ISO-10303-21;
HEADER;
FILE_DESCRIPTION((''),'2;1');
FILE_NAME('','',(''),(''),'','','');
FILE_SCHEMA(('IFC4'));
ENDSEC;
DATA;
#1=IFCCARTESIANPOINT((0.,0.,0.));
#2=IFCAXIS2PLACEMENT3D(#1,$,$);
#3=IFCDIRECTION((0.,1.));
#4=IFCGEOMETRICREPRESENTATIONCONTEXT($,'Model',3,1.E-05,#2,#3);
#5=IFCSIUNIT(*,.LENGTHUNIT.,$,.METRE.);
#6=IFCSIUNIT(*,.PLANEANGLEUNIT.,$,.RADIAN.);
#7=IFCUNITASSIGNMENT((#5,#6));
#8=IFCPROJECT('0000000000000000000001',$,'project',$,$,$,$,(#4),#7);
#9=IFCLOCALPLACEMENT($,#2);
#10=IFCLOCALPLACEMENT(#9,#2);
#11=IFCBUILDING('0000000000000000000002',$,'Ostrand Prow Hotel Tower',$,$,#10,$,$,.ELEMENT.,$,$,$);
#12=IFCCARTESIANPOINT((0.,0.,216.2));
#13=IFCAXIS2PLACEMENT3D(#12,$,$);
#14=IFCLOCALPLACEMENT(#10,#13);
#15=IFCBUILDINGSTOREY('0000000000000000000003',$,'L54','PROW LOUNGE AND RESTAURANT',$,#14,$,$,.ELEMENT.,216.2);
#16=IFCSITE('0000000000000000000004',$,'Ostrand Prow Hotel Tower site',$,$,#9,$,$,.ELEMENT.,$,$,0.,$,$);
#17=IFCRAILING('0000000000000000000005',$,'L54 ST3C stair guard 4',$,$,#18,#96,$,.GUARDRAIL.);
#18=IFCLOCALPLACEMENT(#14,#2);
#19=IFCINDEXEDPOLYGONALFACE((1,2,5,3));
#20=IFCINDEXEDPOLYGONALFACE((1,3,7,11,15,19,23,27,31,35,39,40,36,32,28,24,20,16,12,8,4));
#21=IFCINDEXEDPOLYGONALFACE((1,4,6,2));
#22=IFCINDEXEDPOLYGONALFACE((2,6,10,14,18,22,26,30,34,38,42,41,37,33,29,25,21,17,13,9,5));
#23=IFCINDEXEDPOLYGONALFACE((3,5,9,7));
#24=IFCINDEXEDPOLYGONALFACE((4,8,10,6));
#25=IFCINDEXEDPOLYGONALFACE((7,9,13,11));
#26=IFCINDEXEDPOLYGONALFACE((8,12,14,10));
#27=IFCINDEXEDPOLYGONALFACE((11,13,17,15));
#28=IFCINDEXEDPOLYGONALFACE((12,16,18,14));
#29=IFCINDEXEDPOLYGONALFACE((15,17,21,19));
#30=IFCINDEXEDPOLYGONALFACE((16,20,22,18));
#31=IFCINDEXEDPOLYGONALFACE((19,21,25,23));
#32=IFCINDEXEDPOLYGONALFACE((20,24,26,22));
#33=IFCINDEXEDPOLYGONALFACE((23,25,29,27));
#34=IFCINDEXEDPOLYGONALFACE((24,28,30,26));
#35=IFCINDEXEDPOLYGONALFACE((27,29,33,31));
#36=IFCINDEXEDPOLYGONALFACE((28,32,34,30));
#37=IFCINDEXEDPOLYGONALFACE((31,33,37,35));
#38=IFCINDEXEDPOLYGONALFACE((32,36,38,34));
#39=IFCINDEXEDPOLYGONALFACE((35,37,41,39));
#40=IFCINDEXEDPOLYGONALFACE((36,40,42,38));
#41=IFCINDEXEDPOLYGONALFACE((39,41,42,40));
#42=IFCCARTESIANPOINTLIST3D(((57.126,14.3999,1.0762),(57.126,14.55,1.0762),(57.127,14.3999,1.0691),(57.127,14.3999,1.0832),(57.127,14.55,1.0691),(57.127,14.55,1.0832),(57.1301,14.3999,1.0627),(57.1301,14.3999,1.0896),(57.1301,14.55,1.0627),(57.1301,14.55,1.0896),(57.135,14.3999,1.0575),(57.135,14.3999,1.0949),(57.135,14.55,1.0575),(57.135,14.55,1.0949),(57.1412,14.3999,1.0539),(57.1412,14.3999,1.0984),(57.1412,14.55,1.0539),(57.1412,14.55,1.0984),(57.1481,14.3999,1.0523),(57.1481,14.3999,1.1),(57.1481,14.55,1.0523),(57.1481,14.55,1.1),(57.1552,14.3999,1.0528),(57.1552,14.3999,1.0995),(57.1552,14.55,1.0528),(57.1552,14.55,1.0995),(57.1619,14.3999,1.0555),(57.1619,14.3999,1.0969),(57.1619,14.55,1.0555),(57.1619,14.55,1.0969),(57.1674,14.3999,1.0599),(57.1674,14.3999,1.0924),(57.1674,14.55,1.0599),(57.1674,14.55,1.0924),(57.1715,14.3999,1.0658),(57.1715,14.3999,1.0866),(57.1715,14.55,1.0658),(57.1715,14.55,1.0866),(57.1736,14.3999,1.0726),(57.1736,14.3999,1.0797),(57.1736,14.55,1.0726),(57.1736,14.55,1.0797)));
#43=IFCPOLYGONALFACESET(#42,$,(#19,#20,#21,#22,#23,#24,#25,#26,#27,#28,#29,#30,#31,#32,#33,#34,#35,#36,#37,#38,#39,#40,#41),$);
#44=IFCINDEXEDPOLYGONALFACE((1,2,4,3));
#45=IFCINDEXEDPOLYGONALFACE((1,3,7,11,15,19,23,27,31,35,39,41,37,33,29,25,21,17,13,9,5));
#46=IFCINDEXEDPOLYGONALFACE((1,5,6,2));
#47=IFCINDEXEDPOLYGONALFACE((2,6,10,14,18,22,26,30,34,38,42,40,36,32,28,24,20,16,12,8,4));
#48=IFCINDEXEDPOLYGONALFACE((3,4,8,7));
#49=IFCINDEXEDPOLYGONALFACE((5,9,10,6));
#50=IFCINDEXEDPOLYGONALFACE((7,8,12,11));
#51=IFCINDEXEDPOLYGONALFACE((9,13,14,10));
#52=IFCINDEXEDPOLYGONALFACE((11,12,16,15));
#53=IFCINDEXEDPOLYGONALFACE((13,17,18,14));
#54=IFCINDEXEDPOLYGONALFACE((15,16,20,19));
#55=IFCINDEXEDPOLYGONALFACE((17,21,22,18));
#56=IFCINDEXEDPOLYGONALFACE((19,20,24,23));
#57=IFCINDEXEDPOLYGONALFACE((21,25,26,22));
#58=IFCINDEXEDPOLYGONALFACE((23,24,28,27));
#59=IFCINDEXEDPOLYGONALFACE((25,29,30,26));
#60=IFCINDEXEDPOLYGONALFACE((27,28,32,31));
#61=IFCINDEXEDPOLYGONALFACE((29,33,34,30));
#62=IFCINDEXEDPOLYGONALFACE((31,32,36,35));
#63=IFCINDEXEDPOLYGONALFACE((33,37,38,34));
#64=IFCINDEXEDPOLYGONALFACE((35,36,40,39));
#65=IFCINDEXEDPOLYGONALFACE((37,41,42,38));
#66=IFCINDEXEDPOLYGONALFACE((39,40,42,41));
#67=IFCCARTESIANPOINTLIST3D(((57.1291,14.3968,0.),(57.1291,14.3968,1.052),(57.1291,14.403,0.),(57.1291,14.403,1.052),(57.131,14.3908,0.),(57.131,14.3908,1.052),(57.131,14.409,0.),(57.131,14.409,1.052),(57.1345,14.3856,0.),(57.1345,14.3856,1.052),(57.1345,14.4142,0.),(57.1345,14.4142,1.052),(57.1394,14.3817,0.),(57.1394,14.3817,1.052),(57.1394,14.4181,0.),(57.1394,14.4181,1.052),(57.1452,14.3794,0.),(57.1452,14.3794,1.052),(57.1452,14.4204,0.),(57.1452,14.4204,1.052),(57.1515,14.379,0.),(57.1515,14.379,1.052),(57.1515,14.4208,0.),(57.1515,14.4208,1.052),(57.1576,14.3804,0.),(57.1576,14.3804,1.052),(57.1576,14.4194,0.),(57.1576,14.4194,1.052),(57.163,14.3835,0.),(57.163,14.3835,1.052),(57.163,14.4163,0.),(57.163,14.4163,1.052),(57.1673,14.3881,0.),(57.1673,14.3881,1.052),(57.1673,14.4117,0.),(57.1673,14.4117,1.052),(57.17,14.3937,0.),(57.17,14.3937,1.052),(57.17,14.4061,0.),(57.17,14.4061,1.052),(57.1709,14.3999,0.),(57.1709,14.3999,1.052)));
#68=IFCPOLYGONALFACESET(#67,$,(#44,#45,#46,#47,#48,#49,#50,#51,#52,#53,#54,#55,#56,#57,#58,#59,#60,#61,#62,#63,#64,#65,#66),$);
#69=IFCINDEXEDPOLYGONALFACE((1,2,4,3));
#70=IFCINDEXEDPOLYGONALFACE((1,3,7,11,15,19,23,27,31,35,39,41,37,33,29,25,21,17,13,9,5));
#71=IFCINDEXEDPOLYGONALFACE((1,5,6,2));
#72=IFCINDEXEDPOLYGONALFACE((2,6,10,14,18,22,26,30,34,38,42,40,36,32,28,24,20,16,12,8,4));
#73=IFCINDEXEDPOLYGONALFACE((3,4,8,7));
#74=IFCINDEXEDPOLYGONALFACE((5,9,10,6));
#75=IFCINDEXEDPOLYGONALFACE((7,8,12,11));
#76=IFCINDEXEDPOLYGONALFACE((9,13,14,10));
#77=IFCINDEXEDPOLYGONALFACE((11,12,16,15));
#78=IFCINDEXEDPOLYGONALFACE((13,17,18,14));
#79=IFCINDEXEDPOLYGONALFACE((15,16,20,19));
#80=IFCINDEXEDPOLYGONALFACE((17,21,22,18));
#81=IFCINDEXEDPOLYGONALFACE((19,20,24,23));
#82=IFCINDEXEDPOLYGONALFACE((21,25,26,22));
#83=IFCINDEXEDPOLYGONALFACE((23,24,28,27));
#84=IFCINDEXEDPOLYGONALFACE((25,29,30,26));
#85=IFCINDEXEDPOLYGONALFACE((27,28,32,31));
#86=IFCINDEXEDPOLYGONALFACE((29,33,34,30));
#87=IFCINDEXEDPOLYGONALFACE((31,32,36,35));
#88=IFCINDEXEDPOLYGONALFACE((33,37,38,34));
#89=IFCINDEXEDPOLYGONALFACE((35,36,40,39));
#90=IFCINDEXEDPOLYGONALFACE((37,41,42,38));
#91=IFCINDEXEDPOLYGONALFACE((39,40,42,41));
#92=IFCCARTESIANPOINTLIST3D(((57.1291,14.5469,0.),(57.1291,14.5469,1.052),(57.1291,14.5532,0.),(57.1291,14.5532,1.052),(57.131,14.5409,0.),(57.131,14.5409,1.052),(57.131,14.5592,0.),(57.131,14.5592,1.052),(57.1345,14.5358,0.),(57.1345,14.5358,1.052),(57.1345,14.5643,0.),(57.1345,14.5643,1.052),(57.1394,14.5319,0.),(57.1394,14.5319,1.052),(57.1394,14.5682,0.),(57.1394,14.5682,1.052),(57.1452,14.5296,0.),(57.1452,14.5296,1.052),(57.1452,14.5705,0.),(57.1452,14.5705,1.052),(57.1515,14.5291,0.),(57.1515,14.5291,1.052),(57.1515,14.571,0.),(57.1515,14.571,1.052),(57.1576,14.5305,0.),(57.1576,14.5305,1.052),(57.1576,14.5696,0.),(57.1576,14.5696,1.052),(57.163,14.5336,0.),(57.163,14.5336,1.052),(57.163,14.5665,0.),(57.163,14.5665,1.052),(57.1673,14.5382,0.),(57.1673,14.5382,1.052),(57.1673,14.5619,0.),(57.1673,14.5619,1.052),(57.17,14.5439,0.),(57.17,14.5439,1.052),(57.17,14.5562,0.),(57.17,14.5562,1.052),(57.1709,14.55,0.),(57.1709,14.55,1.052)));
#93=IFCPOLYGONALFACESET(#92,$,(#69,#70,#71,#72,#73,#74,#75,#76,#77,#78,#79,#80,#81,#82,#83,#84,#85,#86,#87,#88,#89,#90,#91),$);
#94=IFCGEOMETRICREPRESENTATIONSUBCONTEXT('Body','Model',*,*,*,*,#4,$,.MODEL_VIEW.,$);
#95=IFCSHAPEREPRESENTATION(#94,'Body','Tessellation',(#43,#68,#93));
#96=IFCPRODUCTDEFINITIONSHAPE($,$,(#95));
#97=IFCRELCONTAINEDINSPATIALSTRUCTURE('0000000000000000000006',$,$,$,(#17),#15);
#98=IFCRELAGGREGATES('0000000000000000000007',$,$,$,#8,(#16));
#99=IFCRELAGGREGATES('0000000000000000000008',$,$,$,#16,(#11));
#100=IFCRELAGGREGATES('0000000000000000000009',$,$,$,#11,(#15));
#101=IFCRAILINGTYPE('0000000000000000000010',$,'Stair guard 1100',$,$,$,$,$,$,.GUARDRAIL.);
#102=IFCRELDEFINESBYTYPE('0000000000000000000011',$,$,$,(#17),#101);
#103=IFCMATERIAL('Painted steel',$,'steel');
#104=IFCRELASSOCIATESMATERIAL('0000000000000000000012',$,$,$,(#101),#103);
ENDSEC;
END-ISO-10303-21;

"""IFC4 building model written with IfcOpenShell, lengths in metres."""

from ifc_helpers import new_model, si_unit, direction, frame, origin, origin_2d, place, context, subcontext, project, spatial, circle, extrude, material, type_object, element, save


model = new_model("IFC4")

# Units and contexts
model_context = context("Model", 3, precision=1e-05, world=origin(), true_north=direction((0.0, 1.0)))
body_context = subcontext(model_context, "Body", "Model", "MODEL_VIEW")
ifc_project = project(units=[si_unit("LENGTHUNIT", "METRE"), si_unit("PLANEANGLEUNIT", "RADIAN")], contexts=[model_context])

# Site, building, storey
site_placement = place(None, origin())
site = spatial("IfcSite", under=ifc_project, at=site_placement, Name="Ostrand Prow Hotel Tower site", CompositionType="ELEMENT", RefElevation=0.0)
building_placement = place(site_placement, origin())
building = spatial("IfcBuilding", under=site, at=building_placement, Name="Ostrand Prow Hotel Tower", CompositionType="ELEMENT")
storey_placement = place(building_placement, frame((0.0, 0.0, 216.2)))
storey = spatial("IfcBuildingStorey", under=building, at=storey_placement, Name="L54", Description="PROW LOUNGE AND RESTAURANT", CompositionType="ELEMENT", Elevation=216.2)

# Railing
ifc_material_1 = material(Name="Painted steel", Category="steel")
railing_type_1 = type_object("IfcRailingType", Name="Stair guard 1100", PredefinedType="GUARDRAIL", material=ifc_material_1)
railing_1_placement = place(storey_placement, frame((57.1499, 14.3999, 0.0)))
element("IfcRailing", 1, at=railing_1_placement, inside=storey, type_object=railing_type_1, Name="L54 ST3C stair guard 4", PredefinedType="GUARDRAIL", context=body_context, shape_type="SweptSolid", body=[
    extrude(circle(Radius=0.0239, at=origin_2d()), frame((0.0, 0.0, 1.0762), z_axis=(0.0, 1.0, 0.0), x_axis=(-1.0, 0.0, 0.0)), (0.0, 0.0, 1.0), 0.1501),
    extrude(circle(Radius=0.021, at=origin_2d()), origin(), (0.0, 0.0, 1.0), 1.052),
    extrude(circle(Radius=0.021, at=origin_2d()), frame((0.0, 0.1501, 0.0)), (0.0, 0.0, 1.0), 1.052),
])

save(model, "model.ifc")
